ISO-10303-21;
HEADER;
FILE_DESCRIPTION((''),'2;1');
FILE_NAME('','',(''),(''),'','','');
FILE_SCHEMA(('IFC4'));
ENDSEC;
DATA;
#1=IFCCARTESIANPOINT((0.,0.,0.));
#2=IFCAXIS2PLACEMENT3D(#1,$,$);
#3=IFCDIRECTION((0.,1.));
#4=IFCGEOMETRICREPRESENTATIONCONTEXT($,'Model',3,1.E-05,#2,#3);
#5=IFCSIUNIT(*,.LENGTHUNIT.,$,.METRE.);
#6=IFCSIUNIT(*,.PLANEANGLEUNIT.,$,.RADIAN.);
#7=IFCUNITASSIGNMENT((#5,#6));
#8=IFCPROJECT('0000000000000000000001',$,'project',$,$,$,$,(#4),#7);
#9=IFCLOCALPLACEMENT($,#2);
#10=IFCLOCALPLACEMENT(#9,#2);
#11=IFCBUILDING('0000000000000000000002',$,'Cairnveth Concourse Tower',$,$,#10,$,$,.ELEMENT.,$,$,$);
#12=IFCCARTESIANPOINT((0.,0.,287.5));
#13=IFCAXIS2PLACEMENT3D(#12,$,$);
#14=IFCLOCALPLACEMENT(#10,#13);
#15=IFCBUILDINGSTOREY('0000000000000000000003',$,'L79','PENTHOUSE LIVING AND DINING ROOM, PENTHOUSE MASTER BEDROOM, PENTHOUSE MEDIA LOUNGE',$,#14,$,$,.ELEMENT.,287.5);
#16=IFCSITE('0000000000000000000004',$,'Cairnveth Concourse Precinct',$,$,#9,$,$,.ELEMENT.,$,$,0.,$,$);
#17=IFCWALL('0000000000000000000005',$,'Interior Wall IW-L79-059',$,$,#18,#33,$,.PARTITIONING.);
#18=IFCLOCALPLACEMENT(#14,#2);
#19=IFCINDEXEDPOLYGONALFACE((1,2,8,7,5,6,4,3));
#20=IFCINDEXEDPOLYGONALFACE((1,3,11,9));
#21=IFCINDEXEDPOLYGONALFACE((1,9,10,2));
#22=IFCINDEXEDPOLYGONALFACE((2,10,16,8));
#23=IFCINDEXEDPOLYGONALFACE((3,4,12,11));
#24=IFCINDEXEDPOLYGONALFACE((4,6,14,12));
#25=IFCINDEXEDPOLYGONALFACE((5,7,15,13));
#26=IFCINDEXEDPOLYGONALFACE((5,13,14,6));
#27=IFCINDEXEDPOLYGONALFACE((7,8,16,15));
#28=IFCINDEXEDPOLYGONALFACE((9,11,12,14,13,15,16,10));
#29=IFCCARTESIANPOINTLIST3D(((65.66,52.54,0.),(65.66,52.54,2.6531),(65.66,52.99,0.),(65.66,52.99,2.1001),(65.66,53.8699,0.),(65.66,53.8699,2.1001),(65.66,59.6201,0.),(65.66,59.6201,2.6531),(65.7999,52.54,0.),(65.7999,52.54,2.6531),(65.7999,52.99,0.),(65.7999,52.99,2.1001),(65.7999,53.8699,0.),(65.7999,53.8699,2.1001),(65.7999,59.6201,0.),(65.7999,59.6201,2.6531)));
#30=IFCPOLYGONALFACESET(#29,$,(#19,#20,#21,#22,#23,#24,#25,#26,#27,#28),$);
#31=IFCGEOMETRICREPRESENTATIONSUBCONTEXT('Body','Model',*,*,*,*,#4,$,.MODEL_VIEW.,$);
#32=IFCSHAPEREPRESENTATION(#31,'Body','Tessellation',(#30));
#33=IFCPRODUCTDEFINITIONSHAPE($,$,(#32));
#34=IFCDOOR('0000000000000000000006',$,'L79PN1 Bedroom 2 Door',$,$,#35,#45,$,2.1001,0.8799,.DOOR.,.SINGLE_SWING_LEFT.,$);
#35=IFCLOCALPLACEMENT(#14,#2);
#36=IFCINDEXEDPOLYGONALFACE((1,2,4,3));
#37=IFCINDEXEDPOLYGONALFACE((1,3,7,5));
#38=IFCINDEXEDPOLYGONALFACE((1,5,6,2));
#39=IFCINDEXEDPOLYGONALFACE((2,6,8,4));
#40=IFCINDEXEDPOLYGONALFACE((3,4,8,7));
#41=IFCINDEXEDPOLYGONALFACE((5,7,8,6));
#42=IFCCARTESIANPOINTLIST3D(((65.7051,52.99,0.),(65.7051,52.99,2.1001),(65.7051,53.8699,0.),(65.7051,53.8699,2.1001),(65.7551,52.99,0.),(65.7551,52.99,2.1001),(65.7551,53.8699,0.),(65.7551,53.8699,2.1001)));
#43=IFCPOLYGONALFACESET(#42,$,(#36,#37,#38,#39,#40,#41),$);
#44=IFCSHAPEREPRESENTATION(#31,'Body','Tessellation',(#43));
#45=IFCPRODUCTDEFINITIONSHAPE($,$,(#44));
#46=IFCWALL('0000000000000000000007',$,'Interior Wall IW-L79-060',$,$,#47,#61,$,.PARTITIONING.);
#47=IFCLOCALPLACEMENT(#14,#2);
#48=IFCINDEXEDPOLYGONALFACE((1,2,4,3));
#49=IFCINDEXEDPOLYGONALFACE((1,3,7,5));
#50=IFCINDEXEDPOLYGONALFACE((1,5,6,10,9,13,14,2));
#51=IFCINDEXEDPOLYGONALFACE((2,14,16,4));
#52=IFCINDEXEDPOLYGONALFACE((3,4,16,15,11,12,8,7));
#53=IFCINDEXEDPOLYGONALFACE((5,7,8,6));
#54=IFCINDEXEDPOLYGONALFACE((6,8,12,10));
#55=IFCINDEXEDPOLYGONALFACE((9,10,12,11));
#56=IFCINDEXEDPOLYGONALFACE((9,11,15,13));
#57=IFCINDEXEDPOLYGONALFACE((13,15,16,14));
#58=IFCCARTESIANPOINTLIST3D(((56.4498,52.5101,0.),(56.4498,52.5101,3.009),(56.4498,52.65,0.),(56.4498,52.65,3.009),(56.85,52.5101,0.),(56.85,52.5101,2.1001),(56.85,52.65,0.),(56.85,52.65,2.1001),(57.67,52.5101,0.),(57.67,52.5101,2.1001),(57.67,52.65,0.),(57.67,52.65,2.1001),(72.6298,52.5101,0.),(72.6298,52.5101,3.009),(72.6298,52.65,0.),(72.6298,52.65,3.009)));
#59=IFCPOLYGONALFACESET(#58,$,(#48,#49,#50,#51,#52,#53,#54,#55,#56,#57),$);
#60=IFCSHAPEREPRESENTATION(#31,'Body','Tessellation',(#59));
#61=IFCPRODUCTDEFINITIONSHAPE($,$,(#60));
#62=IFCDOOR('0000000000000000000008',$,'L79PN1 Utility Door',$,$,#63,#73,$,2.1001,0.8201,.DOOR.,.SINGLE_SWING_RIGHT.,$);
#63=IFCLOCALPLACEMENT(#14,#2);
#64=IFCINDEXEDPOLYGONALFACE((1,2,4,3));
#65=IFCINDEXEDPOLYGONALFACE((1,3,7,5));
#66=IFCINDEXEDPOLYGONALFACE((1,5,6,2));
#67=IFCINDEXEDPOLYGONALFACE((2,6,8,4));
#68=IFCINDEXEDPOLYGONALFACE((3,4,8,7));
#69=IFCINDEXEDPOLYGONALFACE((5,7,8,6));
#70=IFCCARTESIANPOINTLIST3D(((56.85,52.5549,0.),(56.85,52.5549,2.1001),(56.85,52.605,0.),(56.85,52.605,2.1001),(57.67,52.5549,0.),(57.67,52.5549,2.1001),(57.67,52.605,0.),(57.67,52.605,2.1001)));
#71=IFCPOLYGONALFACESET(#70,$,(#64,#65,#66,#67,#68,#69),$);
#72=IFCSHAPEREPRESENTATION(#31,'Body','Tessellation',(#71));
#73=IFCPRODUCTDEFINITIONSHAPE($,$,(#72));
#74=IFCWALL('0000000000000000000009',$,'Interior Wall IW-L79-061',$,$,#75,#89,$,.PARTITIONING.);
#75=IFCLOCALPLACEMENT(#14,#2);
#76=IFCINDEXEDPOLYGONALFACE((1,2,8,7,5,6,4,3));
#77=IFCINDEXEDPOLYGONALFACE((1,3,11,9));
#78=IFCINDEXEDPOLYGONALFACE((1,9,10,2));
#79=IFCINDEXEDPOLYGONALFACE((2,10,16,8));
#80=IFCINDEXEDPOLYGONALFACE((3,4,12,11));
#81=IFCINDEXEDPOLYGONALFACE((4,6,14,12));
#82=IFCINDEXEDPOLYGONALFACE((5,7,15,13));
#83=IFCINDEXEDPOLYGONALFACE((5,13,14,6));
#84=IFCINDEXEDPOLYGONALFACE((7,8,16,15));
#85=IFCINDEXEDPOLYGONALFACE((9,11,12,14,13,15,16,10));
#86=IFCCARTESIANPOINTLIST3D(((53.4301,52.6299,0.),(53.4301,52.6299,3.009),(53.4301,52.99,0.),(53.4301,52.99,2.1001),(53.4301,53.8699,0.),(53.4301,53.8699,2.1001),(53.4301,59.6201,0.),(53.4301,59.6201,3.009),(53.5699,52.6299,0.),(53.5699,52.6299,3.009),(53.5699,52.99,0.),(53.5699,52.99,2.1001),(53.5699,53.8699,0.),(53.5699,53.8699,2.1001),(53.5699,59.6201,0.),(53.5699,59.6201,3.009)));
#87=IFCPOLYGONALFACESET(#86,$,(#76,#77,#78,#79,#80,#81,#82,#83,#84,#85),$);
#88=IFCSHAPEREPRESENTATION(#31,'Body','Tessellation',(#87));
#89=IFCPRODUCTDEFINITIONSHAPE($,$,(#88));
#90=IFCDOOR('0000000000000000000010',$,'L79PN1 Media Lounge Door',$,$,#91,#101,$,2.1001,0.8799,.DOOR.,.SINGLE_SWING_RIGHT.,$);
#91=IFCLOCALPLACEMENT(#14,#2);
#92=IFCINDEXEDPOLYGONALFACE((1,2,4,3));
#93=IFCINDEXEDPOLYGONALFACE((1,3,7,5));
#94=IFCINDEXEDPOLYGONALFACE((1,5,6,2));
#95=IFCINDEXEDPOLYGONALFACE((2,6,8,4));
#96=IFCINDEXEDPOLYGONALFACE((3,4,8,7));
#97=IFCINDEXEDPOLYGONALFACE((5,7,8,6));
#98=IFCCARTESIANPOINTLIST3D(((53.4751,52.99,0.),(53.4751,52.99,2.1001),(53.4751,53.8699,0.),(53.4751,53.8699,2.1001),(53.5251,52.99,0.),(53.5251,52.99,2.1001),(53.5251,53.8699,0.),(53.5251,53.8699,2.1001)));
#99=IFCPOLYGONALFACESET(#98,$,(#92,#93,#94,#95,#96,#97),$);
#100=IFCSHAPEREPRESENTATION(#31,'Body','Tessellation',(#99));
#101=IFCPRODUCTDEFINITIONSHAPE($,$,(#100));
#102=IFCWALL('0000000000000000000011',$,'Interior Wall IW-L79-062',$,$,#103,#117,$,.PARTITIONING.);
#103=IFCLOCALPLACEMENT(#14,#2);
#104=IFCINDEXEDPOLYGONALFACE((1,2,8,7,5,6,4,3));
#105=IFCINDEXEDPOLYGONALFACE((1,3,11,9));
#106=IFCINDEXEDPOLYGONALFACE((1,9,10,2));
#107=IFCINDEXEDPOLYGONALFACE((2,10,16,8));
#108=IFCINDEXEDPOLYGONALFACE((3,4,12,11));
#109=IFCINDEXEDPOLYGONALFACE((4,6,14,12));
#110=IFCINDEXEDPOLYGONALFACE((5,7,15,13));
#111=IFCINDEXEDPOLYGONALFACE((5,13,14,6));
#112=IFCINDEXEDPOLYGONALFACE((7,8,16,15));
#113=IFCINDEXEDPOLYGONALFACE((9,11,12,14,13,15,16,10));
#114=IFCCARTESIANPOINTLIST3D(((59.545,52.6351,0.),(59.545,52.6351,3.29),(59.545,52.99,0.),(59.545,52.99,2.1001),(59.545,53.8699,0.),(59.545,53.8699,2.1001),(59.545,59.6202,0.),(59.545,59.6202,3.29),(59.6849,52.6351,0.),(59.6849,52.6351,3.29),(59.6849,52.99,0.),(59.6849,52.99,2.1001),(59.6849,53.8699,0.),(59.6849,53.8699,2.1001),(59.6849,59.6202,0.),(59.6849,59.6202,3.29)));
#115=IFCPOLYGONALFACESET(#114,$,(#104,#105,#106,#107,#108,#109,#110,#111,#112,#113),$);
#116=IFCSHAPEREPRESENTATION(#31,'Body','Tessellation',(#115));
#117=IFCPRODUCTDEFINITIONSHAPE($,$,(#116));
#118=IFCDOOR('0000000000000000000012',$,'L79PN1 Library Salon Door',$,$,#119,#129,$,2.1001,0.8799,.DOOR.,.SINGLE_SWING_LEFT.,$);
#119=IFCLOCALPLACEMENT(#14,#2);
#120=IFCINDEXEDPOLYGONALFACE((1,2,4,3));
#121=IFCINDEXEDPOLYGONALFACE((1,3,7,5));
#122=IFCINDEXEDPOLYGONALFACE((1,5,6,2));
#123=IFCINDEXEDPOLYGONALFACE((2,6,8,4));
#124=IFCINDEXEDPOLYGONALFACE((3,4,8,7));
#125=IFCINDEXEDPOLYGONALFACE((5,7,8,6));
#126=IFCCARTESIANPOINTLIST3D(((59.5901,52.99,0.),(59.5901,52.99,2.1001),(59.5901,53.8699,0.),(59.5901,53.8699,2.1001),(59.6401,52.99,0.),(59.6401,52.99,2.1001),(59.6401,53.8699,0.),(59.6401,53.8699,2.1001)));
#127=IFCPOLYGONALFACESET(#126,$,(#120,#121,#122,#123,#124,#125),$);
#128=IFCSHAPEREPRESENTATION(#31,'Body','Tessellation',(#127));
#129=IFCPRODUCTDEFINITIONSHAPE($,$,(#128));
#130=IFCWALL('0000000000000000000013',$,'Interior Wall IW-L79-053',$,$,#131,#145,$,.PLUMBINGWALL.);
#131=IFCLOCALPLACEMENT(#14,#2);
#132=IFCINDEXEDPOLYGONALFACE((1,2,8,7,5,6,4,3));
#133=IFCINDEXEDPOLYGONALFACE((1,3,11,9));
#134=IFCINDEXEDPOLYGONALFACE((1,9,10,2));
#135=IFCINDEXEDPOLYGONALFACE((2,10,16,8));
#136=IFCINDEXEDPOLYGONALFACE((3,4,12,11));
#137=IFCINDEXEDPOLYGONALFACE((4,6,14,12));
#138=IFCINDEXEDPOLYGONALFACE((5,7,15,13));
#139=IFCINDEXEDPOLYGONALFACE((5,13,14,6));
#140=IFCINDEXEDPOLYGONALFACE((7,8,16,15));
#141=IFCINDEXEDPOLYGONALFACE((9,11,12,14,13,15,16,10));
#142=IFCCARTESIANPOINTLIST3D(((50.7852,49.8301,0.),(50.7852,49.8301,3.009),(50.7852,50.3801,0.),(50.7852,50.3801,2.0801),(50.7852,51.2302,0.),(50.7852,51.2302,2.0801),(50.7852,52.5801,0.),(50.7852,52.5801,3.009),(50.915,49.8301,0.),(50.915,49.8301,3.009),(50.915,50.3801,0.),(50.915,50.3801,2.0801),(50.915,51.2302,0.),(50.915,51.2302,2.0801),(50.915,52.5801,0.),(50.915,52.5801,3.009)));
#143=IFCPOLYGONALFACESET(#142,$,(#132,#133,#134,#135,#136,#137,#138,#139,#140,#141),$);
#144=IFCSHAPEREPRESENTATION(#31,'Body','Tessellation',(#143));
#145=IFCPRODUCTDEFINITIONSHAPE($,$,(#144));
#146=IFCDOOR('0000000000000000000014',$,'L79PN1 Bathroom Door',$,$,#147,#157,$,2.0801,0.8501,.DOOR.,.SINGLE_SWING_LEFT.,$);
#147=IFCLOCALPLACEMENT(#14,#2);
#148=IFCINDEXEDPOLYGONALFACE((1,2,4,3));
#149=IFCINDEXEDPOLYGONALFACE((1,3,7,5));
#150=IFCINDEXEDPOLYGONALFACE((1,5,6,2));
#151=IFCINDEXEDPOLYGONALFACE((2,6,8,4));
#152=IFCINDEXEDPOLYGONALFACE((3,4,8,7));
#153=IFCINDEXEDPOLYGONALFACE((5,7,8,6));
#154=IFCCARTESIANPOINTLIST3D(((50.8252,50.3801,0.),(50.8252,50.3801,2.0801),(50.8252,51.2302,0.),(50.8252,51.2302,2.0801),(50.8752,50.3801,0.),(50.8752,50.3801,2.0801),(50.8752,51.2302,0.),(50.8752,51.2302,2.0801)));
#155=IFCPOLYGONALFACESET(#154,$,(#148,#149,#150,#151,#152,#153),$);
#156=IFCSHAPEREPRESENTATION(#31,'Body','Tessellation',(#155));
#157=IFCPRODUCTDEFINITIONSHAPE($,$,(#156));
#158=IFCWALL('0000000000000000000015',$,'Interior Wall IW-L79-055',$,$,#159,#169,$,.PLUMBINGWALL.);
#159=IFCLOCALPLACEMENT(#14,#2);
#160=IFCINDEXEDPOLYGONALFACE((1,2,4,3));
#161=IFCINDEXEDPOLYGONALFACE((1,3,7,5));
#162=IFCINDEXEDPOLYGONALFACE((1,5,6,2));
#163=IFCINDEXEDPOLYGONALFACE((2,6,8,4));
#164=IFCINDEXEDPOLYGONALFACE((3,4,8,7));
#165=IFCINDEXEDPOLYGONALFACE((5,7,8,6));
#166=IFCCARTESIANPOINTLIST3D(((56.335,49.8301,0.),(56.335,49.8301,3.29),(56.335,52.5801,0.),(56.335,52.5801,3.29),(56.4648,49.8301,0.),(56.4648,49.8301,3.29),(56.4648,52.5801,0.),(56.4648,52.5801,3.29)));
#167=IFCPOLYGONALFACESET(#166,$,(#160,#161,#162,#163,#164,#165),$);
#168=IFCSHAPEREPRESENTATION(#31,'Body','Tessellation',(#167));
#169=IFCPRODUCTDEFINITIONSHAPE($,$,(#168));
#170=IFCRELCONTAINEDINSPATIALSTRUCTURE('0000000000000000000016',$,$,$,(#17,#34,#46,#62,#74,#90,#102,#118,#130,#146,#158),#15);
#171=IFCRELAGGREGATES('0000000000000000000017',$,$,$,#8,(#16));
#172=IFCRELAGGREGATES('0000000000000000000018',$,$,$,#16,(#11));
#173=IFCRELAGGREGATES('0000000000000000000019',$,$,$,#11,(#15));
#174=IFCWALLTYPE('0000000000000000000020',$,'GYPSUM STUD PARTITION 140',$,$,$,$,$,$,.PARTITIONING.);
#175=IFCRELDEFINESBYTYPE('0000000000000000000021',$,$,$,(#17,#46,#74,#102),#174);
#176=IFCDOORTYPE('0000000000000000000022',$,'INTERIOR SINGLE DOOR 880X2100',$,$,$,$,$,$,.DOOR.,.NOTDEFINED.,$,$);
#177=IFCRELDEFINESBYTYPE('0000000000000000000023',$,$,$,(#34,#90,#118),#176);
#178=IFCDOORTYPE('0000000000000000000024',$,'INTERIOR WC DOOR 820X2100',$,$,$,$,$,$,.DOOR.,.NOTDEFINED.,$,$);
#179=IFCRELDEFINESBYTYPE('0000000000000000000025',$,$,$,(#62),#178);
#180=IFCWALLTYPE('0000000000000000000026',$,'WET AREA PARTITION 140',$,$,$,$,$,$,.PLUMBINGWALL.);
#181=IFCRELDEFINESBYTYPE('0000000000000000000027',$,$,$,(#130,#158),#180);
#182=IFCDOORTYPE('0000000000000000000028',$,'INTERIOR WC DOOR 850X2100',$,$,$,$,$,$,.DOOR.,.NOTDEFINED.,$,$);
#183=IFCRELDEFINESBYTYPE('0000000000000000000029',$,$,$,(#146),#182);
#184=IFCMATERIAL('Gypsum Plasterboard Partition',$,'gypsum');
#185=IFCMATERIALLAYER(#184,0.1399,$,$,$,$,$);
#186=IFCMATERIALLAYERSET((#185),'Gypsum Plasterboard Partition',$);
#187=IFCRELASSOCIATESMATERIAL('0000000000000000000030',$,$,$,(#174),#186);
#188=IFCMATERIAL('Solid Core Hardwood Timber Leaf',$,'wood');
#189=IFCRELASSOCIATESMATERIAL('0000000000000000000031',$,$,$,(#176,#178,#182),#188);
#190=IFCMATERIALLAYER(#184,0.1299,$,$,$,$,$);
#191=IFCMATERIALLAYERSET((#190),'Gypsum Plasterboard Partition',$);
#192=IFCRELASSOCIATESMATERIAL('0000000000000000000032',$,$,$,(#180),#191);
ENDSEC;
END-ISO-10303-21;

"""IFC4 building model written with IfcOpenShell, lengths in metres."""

from ifc_helpers import new_model, si_unit, direction, frame, frame_2d, origin, place, context, subcontext, project, spatial, rectangle, extrude, material, layer, layer_set, type_object, element, fill, save


model = new_model("IFC4")

# Units and contexts
model_context = context("Model", 3, precision=1e-05, world=origin(), true_north=direction((0.0, 1.0)))
body_context = subcontext(model_context, "Body", "Model", "MODEL_VIEW")
ifc_project = project(units=[si_unit("LENGTHUNIT", "METRE"), si_unit("PLANEANGLEUNIT", "RADIAN")], contexts=[model_context])

# Site, building, storey
site_placement = place(None, origin())
site = spatial("IfcSite", under=ifc_project, at=site_placement, Name="Cairnveth Concourse Precinct", CompositionType="ELEMENT", RefElevation=0.0)
building_placement = place(site_placement, origin())
building = spatial("IfcBuilding", under=site, at=building_placement, Name="Cairnveth Concourse Tower", CompositionType="ELEMENT")
storey_placement = place(building_placement, frame((0.0, 0.0, 287.5)))
storey = spatial("IfcBuildingStorey", under=building, at=storey_placement, Name="L79", Description="PENTHOUSE LIVING AND DINING ROOM, PENTHOUSE MASTER BEDROOM, PENTHOUSE MEDIA LOUNGE", CompositionType="ELEMENT", Elevation=287.5)

# Shared definitions
ifc_material_1 = material(Name="Gypsum Plasterboard Partition", Category="gypsum")

# Walls, openings, doors
ifc_layer_1 = layer(ifc_material_1, 0.1399)
ifc_layer_set_1 = layer_set([ifc_layer_1], Name="Gypsum Plasterboard Partition")
wall_type_1 = type_object("IfcWallType", Name="GYPSUM STUD PARTITION 140", PredefinedType="PARTITIONING", material=ifc_layer_set_1)
wall_1_placement = place(storey_placement, frame((65.73, 52.54, 0.0), z_axis=(0.0, 0.0, 1.0), x_axis=(0.0, 1.0, 0.0)))
wall_1 = element("IfcWall", 1, at=wall_1_placement, inside=storey, type_object=wall_type_1, Name="Interior Wall IW-L79-059", PredefinedType="PARTITIONING", context=body_context, shape_type="SweptSolid", body=[
    extrude(rectangle(XDim=7.0801, YDim=0.1399, at=frame_2d((3.54, 0.0))), origin(), (0.0, 0.0, 1.0), 2.6531),
])
opening_1_placement = place(wall_1_placement, frame((0.45, 0.0, 0.0)))
opening_1 = element("IfcOpeningElement", 2, at=opening_1_placement, cuts=wall_1, PredefinedType="OPENING", context=body_context, shape_type="SweptSolid", body=[
    extrude(rectangle(XDim=0.8799, YDim=2.1001, at=frame_2d((0.4399, 1.05))), frame((0.0, 0.0798, 0.0), z_axis=(0.0, -1.0, 0.0), x_axis=(1.0, 0.0, 0.0)), (0.0, 0.0, 1.0), 0.1599),
])
ifc_material_2 = material(Name="Solid Core Hardwood Timber Leaf", Category="wood")
door_type_1 = type_object("IfcDoorType", Name="INTERIOR SINGLE DOOR 880X2100", OperationType="NOTDEFINED", PredefinedType="DOOR", material=ifc_material_2)
door_1_placement = place(opening_1_placement, origin())
door_1 = element("IfcDoor", 3, at=door_1_placement, inside=storey, type_object=door_type_1, Name="L79PN1 Bedroom 2 Door", OperationType="SINGLE_SWING_LEFT", OverallHeight=2.1001, OverallWidth=0.8799, PredefinedType="DOOR", context=body_context, shape_type="SweptSolid", body=[
    extrude(rectangle(XDim=0.8799, YDim=2.1001, at=frame_2d((0.4399, 1.05))), frame((0.0, 0.0249, 0.0), z_axis=(0.0, -1.0, 0.0), x_axis=(1.0, 0.0, 0.0)), (0.0, 0.0, 1.0), 0.05),
])
fill(opening_1, door_1)
wall_2_placement = place(storey_placement, frame((56.45, 52.5801, 0.0), z_axis=(0.0, 0.0, 1.0), x_axis=(1.0, 0.0, 0.0)))
wall_2 = element("IfcWall", 4, at=wall_2_placement, inside=storey, type_object=wall_type_1, Name="Interior Wall IW-L79-060", PredefinedType="PARTITIONING", context=body_context, shape_type="SweptSolid", body=[
    extrude(rectangle(XDim=16.1799, YDim=0.1399, at=frame_2d((8.0898, 0.0))), origin(), (0.0, 0.0, 1.0), 3.009),
])
opening_2_placement = place(wall_2_placement, frame((0.3999, 0.0, 0.0)))
opening_2 = element("IfcOpeningElement", 5, at=opening_2_placement, cuts=wall_2, PredefinedType="OPENING", context=body_context, shape_type="SweptSolid", body=[
    extrude(rectangle(XDim=0.8201, YDim=2.1001, at=frame_2d((0.4102, 1.05))), frame((0.0, 0.0798, 0.0), z_axis=(0.0, -1.0, 0.0), x_axis=(1.0, 0.0, 0.0)), (0.0, 0.0, 1.0), 0.1599),
])
door_type_2 = type_object("IfcDoorType", Name="INTERIOR WC DOOR 820X2100", OperationType="NOTDEFINED", PredefinedType="DOOR", material=ifc_material_2)
door_2_placement = place(opening_2_placement, origin())
door_2 = element("IfcDoor", 6, at=door_2_placement, inside=storey, type_object=door_type_2, Name="L79PN1 Utility Door", OperationType="SINGLE_SWING_RIGHT", OverallHeight=2.1001, OverallWidth=0.8201, PredefinedType="DOOR", context=body_context, shape_type="SweptSolid", body=[
    extrude(rectangle(XDim=0.8201, YDim=2.1001, at=frame_2d((0.4102, 1.05))), frame((0.0, 0.0249, 0.0), z_axis=(0.0, -1.0, 0.0), x_axis=(1.0, 0.0, 0.0)), (0.0, 0.0, 1.0), 0.05),
])
fill(opening_2, door_2)
wall_3_placement = place(storey_placement, frame((53.5, 52.6299, 0.0), z_axis=(0.0, 0.0, 1.0), x_axis=(0.0, 1.0, 0.0)))
wall_3 = element("IfcWall", 7, at=wall_3_placement, inside=storey, type_object=wall_type_1, Name="Interior Wall IW-L79-061", PredefinedType="PARTITIONING", context=body_context, shape_type="SweptSolid", body=[
    extrude(rectangle(XDim=6.9902, YDim=0.1399, at=frame_2d((3.4951, 0.0))), origin(), (0.0, 0.0, 1.0), 3.009),
])
opening_3_placement = place(wall_3_placement, frame((0.3601, 0.0, 0.0)))
opening_3 = element("IfcOpeningElement", 8, at=opening_3_placement, cuts=wall_3, PredefinedType="OPENING", context=body_context, shape_type="SweptSolid", body=[
    extrude(rectangle(XDim=0.8799, YDim=2.1001, at=frame_2d((0.4399, 1.05))), frame((0.0, 0.0798, 0.0), z_axis=(0.0, -1.0, 0.0), x_axis=(1.0, 0.0, 0.0)), (0.0, 0.0, 1.0), 0.1599),
])
door_3_placement = place(opening_3_placement, origin())
door_3 = element("IfcDoor", 9, at=door_3_placement, inside=storey, type_object=door_type_1, Name="L79PN1 Media Lounge Door", OperationType="SINGLE_SWING_RIGHT", OverallHeight=2.1001, OverallWidth=0.8799, PredefinedType="DOOR", context=body_context, shape_type="SweptSolid", body=[
    extrude(rectangle(XDim=0.8799, YDim=2.1001, at=frame_2d((0.4399, 1.05))), frame((0.0, 0.0249, 0.0), z_axis=(0.0, -1.0, 0.0), x_axis=(1.0, 0.0, 0.0)), (0.0, 0.0, 1.0), 0.05),
])
fill(opening_3, door_3)
wall_4_placement = place(storey_placement, frame((59.615, 52.635, 0.0), z_axis=(0.0, 0.0, 1.0), x_axis=(0.0, 1.0, 0.0)))
wall_4 = element("IfcWall", 10, at=wall_4_placement, inside=storey, type_object=wall_type_1, Name="Interior Wall IW-L79-062", PredefinedType="PARTITIONING", context=body_context, shape_type="SweptSolid", body=[
    extrude(rectangle(XDim=6.9851, YDim=0.1399, at=frame_2d((3.4927, 0.0))), origin(), (0.0, 0.0, 1.0), 3.29),
])
opening_4_placement = place(wall_4_placement, frame((0.355, 0.0, 0.0)))
opening_4 = element("IfcOpeningElement", 11, at=opening_4_placement, cuts=wall_4, PredefinedType="OPENING", context=body_context, shape_type="SweptSolid", body=[
    extrude(rectangle(XDim=0.8799, YDim=2.1001, at=frame_2d((0.4399, 1.05))), frame((0.0, 0.0798, 0.0), z_axis=(0.0, -1.0, 0.0), x_axis=(1.0, 0.0, 0.0)), (0.0, 0.0, 1.0), 0.1599),
])
door_4_placement = place(opening_4_placement, origin())
door_4 = element("IfcDoor", 12, at=door_4_placement, inside=storey, type_object=door_type_1, Name="L79PN1 Library Salon Door", OperationType="SINGLE_SWING_LEFT", OverallHeight=2.1001, OverallWidth=0.8799, PredefinedType="DOOR", context=body_context, shape_type="SweptSolid", body=[
    extrude(rectangle(XDim=0.8799, YDim=2.1001, at=frame_2d((0.4399, 1.05))), frame((0.0, 0.0249, 0.0), z_axis=(0.0, -1.0, 0.0), x_axis=(1.0, 0.0, 0.0)), (0.0, 0.0, 1.0), 0.05),
])
fill(opening_4, door_4)
ifc_layer_2 = layer(ifc_material_1, 0.1299)
ifc_layer_set_2 = layer_set([ifc_layer_2], Name="Gypsum Plasterboard Partition")
wall_type_2 = type_object("IfcWallType", Name="WET AREA PARTITION 140", PredefinedType="PLUMBINGWALL", material=ifc_layer_set_2)
wall_5_placement = place(storey_placement, frame((50.8501, 49.8301, 0.0), z_axis=(0.0, 0.0, 1.0), x_axis=(0.0, 1.0, 0.0)))
wall_5 = element("IfcWall", 13, at=wall_5_placement, inside=storey, type_object=wall_type_2, Name="Interior Wall IW-L79-053", PredefinedType="PLUMBINGWALL", context=body_context, shape_type="SweptSolid", body=[
    extrude(rectangle(XDim=2.75, YDim=0.1299, at=frame_2d((1.375, 0.0))), origin(), (0.0, 0.0, 1.0), 3.009),
])
opening_5_placement = place(wall_5_placement, frame((0.55, 0.0, 0.0)))
opening_5 = element("IfcOpeningElement", 14, at=opening_5_placement, cuts=wall_5, PredefinedType="OPENING", context=body_context, shape_type="SweptSolid", body=[
    extrude(rectangle(XDim=0.8501, YDim=2.0801, at=frame_2d((0.425, 1.04))), frame((0.0, 0.075, 0.0), z_axis=(0.0, -1.0, 0.0), x_axis=(1.0, 0.0, 0.0)), (0.0, 0.0, 1.0), 0.1499),
])
door_type_3 = type_object("IfcDoorType", Name="INTERIOR WC DOOR 850X2100", OperationType="NOTDEFINED", PredefinedType="DOOR", material=ifc_material_2)
door_5_placement = place(opening_5_placement, origin())
door_5 = element("IfcDoor", 15, at=door_5_placement, inside=storey, type_object=door_type_3, Name="L79PN1 Bathroom Door", OperationType="SINGLE_SWING_LEFT", OverallHeight=2.0801, OverallWidth=0.8501, PredefinedType="DOOR", context=body_context, shape_type="SweptSolid", body=[
    extrude(rectangle(XDim=0.8501, YDim=2.0801, at=frame_2d((0.425, 1.04))), frame((0.0, 0.0249, 0.0), z_axis=(0.0, -1.0, 0.0), x_axis=(1.0, 0.0, 0.0)), (0.0, 0.0, 1.0), 0.05),
])
fill(opening_5, door_5)

# Wall
wall_6_placement = place(storey_placement, frame((56.3999, 49.8301, 0.0), z_axis=(0.0, 0.0, 1.0), x_axis=(0.0, 1.0, 0.0)))
element("IfcWall", 16, at=wall_6_placement, inside=storey, type_object=wall_type_2, Name="Interior Wall IW-L79-055", PredefinedType="PLUMBINGWALL", context=body_context, shape_type="SweptSolid", body=[
    extrude(rectangle(XDim=2.75, YDim=0.1299, at=frame_2d((1.375, 0.0))), origin(), (0.0, 0.0, 1.0), 3.29),
])

save(model, "model.ifc")
